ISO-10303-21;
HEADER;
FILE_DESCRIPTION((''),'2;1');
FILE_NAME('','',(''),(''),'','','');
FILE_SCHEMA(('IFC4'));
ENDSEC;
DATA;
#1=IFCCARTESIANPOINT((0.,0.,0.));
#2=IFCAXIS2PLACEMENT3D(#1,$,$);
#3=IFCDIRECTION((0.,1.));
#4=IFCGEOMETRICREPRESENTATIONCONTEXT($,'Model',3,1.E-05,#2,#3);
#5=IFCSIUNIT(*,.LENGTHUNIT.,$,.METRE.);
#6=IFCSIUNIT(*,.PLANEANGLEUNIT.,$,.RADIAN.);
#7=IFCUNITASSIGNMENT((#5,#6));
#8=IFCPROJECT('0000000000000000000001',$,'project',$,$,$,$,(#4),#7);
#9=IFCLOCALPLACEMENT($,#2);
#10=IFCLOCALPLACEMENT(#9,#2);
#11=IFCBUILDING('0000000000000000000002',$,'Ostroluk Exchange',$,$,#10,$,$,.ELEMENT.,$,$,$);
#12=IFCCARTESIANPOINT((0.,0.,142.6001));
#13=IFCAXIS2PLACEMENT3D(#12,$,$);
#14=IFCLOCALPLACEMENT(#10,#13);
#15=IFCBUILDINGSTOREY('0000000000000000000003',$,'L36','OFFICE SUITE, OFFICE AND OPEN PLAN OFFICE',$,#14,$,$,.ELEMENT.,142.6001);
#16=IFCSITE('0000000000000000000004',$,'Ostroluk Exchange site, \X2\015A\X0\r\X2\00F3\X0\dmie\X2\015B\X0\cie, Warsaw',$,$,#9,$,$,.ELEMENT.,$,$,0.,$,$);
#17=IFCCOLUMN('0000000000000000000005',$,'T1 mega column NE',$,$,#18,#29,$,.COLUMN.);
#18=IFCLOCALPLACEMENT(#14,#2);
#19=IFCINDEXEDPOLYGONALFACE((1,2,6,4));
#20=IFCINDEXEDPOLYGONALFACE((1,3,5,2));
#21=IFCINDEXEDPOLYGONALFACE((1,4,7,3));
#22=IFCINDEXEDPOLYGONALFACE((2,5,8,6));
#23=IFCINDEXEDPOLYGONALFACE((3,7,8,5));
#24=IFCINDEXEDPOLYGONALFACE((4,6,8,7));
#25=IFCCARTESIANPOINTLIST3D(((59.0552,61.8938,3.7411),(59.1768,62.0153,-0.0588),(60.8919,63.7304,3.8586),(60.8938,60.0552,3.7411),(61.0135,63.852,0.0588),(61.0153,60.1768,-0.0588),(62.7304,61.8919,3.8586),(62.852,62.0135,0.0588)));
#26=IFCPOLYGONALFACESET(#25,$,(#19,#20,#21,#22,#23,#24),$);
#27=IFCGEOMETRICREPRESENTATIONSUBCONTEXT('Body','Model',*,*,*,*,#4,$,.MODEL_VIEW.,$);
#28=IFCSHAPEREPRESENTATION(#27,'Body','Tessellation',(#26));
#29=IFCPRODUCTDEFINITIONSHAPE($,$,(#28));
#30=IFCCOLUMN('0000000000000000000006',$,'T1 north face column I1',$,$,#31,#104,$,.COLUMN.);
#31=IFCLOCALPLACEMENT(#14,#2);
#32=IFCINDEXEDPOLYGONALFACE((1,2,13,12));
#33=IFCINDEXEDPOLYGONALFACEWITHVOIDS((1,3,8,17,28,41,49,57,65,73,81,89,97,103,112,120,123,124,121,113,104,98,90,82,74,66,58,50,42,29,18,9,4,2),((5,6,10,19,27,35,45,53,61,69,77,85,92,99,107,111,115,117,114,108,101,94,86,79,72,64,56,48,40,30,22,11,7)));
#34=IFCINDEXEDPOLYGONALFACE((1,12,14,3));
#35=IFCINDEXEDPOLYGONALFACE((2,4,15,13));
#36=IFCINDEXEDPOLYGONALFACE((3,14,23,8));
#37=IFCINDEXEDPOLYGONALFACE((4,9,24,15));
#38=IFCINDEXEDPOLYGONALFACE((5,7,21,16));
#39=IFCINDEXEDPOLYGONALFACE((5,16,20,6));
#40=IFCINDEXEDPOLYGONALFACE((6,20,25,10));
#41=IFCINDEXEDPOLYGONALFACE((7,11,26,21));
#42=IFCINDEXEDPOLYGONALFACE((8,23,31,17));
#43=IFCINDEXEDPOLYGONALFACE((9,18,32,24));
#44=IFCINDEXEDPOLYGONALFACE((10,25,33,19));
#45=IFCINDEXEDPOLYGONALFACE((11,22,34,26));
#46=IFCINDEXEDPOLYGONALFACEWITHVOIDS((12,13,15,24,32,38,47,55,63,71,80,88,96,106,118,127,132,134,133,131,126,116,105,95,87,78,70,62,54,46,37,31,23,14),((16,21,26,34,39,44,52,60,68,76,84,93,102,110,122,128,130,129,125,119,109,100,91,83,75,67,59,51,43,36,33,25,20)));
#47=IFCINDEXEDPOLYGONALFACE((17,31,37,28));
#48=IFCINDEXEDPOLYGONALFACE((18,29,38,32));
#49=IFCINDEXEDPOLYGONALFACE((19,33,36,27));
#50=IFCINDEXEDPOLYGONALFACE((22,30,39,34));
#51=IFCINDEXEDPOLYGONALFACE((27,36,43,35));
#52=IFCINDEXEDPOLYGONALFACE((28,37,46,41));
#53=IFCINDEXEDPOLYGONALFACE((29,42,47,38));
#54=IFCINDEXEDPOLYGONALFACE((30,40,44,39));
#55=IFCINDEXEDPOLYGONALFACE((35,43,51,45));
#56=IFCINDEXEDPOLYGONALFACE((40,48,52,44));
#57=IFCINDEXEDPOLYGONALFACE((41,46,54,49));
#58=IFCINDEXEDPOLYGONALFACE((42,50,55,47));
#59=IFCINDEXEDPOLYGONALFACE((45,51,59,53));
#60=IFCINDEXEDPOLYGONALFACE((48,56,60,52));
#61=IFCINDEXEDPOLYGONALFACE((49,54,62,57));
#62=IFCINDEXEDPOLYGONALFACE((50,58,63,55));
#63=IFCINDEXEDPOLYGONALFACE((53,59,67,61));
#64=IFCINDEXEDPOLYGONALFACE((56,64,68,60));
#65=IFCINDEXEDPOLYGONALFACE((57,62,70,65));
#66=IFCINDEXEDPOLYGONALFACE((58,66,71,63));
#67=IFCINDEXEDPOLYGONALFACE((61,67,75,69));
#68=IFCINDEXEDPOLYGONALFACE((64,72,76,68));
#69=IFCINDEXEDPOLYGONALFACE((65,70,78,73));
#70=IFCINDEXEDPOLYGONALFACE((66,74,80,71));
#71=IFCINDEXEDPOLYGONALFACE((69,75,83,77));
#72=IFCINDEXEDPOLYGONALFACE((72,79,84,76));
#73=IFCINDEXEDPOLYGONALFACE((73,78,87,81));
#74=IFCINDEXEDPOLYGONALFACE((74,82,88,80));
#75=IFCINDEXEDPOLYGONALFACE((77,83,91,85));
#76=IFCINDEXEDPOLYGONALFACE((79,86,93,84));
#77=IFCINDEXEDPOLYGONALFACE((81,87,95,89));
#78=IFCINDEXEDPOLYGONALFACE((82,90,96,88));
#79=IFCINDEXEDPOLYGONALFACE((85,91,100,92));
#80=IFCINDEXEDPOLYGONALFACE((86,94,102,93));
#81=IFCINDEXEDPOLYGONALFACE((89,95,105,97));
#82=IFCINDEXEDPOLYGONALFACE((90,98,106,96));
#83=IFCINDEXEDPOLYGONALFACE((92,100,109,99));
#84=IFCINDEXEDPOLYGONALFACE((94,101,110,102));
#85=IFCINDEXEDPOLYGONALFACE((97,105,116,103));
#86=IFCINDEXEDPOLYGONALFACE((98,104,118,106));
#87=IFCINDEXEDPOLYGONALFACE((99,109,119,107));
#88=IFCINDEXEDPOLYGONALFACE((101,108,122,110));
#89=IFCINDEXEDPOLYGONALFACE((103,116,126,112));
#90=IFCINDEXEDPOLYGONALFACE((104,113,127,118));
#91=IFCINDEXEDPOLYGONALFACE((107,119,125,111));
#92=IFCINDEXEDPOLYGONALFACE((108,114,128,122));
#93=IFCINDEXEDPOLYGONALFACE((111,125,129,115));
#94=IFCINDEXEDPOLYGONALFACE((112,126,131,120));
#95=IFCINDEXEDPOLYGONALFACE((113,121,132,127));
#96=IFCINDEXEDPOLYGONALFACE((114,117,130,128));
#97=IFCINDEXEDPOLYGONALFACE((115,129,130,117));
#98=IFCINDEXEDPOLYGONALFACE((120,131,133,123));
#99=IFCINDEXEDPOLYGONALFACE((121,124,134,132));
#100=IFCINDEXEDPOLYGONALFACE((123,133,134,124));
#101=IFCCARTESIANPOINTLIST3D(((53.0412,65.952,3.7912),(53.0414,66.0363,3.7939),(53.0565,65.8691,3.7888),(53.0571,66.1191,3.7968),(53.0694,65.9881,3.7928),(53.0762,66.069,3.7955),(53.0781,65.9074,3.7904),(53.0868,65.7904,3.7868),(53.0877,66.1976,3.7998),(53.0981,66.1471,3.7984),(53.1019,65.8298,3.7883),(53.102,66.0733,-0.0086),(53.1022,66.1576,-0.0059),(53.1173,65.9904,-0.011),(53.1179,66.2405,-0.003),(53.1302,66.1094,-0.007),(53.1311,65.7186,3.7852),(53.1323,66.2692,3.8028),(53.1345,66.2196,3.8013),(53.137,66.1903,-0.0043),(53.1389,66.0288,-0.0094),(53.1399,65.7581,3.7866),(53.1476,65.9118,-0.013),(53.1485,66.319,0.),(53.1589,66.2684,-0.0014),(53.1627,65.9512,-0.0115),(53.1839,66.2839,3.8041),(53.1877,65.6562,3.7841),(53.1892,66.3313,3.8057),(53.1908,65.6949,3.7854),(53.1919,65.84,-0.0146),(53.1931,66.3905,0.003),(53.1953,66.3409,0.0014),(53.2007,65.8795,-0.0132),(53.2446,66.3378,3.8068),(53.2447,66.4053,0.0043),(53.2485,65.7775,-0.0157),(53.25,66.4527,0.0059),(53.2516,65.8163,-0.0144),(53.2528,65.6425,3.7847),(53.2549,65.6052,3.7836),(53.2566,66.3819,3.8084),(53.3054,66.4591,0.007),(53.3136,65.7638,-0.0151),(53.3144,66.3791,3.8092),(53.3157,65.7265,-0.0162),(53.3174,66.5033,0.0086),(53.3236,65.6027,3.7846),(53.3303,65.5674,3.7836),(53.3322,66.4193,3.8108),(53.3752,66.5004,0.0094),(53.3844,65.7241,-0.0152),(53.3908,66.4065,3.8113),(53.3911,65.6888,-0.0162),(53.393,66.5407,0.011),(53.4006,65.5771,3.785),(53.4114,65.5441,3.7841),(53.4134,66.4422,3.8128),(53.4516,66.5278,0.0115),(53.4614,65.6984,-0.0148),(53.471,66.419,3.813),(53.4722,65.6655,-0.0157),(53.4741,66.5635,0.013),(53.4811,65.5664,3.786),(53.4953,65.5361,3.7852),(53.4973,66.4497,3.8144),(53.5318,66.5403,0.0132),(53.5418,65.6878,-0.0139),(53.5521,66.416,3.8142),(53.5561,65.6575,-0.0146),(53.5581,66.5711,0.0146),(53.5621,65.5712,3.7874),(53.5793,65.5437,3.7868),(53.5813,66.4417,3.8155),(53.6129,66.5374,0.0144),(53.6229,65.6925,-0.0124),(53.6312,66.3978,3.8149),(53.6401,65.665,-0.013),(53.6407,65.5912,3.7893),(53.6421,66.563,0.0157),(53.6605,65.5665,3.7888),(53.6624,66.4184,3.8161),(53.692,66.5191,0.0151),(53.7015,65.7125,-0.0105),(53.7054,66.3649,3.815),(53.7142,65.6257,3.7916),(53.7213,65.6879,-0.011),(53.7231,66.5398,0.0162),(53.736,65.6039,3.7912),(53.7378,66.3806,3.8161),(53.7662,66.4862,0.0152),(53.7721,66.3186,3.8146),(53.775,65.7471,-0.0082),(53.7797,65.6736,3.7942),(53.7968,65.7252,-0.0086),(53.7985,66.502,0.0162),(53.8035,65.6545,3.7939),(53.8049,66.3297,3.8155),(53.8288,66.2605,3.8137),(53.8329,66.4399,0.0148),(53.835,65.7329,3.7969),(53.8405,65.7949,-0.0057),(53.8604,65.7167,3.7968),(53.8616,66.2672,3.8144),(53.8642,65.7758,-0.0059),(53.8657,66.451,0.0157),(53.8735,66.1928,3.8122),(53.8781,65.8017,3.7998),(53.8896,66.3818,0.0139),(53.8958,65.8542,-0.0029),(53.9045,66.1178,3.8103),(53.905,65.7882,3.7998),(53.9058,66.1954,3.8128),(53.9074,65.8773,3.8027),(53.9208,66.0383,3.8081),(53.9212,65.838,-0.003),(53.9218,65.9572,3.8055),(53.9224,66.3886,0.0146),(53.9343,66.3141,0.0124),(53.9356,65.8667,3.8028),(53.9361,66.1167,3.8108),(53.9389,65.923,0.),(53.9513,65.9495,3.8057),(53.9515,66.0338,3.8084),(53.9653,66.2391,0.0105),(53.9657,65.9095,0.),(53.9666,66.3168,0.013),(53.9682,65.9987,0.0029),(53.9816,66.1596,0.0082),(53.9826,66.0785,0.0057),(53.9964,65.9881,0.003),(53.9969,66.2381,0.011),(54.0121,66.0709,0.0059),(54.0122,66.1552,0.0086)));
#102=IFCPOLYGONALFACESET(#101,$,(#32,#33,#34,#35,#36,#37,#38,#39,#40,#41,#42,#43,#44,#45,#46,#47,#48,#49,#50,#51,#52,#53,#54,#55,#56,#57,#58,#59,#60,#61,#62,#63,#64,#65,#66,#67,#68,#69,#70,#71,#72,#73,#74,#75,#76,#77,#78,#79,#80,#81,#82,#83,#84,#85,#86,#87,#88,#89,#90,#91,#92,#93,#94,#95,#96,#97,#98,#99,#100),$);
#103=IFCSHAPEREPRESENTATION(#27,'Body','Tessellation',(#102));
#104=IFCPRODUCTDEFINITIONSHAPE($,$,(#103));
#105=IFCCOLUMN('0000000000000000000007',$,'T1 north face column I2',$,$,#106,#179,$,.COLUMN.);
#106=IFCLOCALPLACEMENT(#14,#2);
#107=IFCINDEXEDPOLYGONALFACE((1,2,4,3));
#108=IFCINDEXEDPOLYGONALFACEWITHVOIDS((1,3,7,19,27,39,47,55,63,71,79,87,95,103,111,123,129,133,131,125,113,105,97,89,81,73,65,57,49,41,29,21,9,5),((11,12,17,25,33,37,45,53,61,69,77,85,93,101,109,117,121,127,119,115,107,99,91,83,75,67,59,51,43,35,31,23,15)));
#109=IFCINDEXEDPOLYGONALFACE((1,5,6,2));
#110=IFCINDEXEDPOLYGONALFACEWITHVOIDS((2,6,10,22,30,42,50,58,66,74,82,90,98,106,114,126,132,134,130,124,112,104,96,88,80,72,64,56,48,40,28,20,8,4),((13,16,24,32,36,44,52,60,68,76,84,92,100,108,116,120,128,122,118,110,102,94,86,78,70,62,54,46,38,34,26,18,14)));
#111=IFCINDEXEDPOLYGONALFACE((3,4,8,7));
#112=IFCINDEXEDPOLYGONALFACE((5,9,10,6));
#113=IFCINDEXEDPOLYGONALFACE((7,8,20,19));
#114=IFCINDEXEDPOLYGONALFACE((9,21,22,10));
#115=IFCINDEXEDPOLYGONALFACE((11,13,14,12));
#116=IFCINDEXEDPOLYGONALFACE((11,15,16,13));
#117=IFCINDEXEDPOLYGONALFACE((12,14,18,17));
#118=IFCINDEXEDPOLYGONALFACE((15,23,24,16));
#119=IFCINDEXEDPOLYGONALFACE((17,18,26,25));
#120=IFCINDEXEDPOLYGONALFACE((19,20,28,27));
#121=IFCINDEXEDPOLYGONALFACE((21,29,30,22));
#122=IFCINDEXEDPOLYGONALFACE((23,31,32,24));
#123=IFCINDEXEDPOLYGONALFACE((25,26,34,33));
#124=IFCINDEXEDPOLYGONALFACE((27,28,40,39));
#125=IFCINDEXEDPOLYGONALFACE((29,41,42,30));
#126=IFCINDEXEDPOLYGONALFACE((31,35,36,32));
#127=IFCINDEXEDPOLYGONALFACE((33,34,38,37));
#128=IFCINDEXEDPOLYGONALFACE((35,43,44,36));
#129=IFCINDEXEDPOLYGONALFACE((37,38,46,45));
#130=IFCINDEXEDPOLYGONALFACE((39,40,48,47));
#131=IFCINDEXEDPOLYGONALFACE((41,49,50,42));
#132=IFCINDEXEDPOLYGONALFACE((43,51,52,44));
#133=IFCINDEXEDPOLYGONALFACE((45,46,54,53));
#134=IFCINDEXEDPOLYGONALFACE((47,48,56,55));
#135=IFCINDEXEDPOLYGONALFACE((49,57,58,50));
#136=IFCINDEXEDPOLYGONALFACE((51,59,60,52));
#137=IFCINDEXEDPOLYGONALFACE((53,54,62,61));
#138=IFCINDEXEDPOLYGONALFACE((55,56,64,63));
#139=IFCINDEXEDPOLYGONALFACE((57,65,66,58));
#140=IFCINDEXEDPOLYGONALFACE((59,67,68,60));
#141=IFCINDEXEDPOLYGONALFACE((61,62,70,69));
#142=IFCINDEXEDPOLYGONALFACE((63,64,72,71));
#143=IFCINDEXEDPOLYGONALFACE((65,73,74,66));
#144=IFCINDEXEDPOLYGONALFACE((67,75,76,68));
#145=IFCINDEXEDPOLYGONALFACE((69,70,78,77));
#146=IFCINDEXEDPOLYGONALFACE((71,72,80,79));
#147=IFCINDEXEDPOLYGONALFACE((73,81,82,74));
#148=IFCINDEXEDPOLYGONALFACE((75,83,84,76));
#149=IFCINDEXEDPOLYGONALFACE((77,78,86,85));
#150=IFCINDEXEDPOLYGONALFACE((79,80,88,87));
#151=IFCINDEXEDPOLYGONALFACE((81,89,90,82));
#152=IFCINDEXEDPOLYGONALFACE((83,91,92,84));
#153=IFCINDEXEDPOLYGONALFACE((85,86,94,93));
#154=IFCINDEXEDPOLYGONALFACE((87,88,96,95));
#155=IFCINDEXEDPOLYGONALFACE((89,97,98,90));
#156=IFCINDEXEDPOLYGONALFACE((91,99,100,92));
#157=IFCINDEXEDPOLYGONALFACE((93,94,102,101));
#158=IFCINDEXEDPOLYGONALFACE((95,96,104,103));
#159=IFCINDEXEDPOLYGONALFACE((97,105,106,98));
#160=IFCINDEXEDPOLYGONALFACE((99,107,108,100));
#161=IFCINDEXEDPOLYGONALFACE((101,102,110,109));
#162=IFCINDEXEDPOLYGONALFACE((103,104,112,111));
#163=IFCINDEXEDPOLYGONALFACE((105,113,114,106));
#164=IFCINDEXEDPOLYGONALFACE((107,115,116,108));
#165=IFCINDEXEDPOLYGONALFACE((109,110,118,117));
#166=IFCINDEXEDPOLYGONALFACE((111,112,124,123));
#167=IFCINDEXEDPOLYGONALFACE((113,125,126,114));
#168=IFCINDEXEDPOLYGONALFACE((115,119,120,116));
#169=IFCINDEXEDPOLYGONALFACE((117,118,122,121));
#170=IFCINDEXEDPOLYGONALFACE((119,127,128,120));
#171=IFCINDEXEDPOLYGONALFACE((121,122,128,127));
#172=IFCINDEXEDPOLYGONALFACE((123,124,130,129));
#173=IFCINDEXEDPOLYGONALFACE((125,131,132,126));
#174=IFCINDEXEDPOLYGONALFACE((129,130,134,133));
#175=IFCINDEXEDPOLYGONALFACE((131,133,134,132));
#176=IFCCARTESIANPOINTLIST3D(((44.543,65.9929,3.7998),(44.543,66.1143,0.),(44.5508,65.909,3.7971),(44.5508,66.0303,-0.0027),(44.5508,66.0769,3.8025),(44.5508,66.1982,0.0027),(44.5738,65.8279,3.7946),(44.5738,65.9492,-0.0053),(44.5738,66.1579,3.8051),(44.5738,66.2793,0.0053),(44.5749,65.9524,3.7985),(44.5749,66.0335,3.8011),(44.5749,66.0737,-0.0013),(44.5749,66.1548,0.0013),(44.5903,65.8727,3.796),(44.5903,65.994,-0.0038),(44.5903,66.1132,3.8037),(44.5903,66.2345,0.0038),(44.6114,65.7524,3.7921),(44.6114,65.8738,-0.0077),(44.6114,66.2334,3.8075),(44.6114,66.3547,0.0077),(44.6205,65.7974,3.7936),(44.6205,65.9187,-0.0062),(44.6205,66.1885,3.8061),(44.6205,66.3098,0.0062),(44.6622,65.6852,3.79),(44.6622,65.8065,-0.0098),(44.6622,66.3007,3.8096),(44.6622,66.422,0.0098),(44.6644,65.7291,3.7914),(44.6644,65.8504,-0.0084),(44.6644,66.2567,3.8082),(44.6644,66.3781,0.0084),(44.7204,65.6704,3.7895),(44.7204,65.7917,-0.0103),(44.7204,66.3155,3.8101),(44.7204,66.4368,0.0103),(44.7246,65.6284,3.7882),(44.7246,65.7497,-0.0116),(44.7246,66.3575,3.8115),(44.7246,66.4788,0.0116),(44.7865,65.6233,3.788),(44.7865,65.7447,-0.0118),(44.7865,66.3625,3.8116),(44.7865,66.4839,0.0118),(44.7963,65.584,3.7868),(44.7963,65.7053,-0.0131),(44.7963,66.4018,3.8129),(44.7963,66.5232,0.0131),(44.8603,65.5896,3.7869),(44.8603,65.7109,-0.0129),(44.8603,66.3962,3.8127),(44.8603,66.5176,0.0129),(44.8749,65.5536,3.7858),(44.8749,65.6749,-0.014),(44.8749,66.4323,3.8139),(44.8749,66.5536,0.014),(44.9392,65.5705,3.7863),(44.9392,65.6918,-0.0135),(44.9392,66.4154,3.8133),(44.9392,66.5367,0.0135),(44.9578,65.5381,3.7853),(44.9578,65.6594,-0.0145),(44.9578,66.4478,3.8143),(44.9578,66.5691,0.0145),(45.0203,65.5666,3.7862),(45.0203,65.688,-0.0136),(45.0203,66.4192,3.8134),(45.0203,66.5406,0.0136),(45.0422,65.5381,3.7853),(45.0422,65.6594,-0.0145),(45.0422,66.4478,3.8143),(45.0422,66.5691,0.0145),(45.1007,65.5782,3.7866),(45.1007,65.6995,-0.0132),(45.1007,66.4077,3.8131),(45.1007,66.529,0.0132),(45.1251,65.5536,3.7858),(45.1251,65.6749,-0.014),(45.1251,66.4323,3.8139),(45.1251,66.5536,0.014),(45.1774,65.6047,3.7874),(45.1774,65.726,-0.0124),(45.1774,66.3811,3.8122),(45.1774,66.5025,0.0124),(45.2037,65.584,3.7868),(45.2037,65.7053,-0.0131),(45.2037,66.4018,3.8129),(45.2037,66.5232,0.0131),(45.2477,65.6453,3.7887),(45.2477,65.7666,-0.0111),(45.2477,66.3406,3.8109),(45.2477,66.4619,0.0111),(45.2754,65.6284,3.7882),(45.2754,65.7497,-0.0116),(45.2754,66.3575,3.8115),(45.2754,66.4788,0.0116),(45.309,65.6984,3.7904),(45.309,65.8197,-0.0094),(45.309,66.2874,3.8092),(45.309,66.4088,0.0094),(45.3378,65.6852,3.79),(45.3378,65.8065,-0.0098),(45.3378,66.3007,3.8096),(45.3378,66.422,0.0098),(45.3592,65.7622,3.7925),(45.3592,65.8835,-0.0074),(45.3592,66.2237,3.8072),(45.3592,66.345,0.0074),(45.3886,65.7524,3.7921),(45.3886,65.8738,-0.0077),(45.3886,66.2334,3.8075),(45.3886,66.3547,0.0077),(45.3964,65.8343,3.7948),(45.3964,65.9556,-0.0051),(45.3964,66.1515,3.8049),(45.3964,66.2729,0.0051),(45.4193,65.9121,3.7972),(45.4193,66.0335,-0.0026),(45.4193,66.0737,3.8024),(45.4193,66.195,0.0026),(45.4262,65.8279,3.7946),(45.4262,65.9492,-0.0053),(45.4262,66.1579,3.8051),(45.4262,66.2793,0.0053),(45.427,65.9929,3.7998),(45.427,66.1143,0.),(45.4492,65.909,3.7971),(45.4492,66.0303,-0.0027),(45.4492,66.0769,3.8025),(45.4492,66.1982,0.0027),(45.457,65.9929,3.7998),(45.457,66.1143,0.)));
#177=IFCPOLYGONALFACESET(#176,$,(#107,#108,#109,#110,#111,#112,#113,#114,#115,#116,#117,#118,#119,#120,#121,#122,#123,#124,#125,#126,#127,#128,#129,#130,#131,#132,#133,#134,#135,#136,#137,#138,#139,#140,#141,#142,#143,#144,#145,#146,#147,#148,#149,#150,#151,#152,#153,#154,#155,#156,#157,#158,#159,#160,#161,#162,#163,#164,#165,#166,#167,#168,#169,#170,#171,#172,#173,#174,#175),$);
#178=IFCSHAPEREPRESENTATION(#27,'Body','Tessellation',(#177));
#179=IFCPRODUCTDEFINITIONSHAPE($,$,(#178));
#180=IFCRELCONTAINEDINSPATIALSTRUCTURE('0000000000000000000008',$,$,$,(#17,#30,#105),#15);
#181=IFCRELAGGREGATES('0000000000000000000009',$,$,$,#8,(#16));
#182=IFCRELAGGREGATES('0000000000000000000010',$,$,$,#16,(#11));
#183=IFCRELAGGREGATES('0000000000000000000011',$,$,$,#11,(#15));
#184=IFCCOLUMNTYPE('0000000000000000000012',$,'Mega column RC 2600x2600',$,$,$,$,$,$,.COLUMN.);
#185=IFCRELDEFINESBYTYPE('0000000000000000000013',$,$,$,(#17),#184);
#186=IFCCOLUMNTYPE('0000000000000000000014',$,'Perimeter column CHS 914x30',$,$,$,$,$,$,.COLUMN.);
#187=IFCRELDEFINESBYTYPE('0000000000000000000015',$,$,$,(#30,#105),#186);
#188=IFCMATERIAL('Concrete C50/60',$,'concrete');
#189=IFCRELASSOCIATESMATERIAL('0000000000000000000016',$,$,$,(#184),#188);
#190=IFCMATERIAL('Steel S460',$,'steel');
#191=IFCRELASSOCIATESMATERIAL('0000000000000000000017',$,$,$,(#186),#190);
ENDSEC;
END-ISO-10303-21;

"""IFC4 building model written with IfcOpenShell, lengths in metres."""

from ifc_helpers import new_model, si_unit, direction, frame, origin, origin_2d, place, context, subcontext, project, spatial, rectangle, hollow_circle, extrude, material, material_profile, profile_set, type_object, element, save


model = new_model("IFC4")

# Units and contexts
model_context = context("Model", 3, precision=1e-05, world=origin(), true_north=direction((0.0, 1.0)))
body_context = subcontext(model_context, "Body", "Model", "MODEL_VIEW")
ifc_project = project(units=[si_unit("LENGTHUNIT", "METRE"), si_unit("PLANEANGLEUNIT", "RADIAN")], contexts=[model_context])

# Site, building, storey
site_placement = place(None, origin())
site = spatial("IfcSite", under=ifc_project, at=site_placement, Name="Ostroluk Exchange site, Śródmieście, Warsaw", CompositionType="ELEMENT", RefElevation=0.0)
building_placement = place(site_placement, origin())
building = spatial("IfcBuilding", under=site, at=building_placement, Name="Ostroluk Exchange", CompositionType="ELEMENT")
storey_placement = place(building_placement, frame((0.0, 0.0, 142.6001)))
storey = spatial("IfcBuildingStorey", under=building, at=storey_placement, Name="L36", Description="OFFICE SUITE, OFFICE AND OPEN PLAN OFFICE", CompositionType="ELEMENT", Elevation=142.6001)

# Columns
ifc_material_1 = material(Name="Concrete C50/60", Category="concrete")
ifc_material_profile_1 = material_profile(ifc_material_1, rectangle(XDim=2.6001, YDim=2.6001, at=origin_2d()), Name="RC 2600x2600")
ifc_profile_set_1 = profile_set([ifc_material_profile_1], Name="Concrete C50/60")
column_type_1 = type_object("IfcColumnType", Name="Mega column RC 2600x2600", PredefinedType="COLUMN", material=ifc_profile_set_1)
column_1_placement = place(storey_placement, frame((61.0144, 62.0144, 0.0), z_axis=(-0.031964, -0.031964, 0.998978), x_axis=(0.707107, -0.707107, 0.0)))
element("IfcColumn", 1, at=column_1_placement, inside=storey, type_object=column_type_1, Name="T1 mega column NE", PredefinedType="COLUMN", context=body_context, shape_type="SweptSolid", body=[
    extrude(rectangle(XDim=2.6001, YDim=2.6001, at=origin_2d()), origin(), (0.0, 0.0, 1.0), 3.8037),
])
ifc_material_2 = material(Name="Steel S460", Category="steel")
ifc_material_profile_2 = material_profile(ifc_material_2, hollow_circle(Radius=0.457, WallThickness=0.03, at=origin_2d()), Name="CHS 914x30")
ifc_profile_set_2 = profile_set([ifc_material_profile_2], Name="Steel S460")
column_type_2 = type_object("IfcColumnType", Name="Perimeter column CHS 914x30", PredefinedType="COLUMN", material=ifc_profile_set_2)
column_2_placement = place(storey_placement, frame((53.5571, 66.1143, 0.0), z_axis=(-0.015988, -0.031912, 0.999363), x_axis=(0.894067, -0.447933, 0.0)))
element("IfcColumn", 2, at=column_2_placement, inside=storey, type_object=column_type_2, Name="T1 north face column I1", PredefinedType="COLUMN", context=body_context, shape_type="SweptSolid", body=[
    extrude(hollow_circle(Radius=0.457, WallThickness=0.03, at=origin_2d()), origin(), (0.0, 0.0, 1.0), 3.8022),
])
column_3_placement = place(storey_placement, frame((45.0, 66.1143, 0.0), z_axis=(0.0, -0.031916, 0.999491), x_axis=(1.0, 0.0, 0.0)))
element("IfcColumn", 3, at=column_3_placement, inside=storey, type_object=column_type_2, Name="T1 north face column I2", PredefinedType="COLUMN", context=body_context, shape_type="SweptSolid", body=[
    extrude(hollow_circle(Radius=0.457, WallThickness=0.03, at=origin_2d()), origin(), (0.0, 0.0, 1.0), 3.8018),
])

save(model, "model.ifc")
